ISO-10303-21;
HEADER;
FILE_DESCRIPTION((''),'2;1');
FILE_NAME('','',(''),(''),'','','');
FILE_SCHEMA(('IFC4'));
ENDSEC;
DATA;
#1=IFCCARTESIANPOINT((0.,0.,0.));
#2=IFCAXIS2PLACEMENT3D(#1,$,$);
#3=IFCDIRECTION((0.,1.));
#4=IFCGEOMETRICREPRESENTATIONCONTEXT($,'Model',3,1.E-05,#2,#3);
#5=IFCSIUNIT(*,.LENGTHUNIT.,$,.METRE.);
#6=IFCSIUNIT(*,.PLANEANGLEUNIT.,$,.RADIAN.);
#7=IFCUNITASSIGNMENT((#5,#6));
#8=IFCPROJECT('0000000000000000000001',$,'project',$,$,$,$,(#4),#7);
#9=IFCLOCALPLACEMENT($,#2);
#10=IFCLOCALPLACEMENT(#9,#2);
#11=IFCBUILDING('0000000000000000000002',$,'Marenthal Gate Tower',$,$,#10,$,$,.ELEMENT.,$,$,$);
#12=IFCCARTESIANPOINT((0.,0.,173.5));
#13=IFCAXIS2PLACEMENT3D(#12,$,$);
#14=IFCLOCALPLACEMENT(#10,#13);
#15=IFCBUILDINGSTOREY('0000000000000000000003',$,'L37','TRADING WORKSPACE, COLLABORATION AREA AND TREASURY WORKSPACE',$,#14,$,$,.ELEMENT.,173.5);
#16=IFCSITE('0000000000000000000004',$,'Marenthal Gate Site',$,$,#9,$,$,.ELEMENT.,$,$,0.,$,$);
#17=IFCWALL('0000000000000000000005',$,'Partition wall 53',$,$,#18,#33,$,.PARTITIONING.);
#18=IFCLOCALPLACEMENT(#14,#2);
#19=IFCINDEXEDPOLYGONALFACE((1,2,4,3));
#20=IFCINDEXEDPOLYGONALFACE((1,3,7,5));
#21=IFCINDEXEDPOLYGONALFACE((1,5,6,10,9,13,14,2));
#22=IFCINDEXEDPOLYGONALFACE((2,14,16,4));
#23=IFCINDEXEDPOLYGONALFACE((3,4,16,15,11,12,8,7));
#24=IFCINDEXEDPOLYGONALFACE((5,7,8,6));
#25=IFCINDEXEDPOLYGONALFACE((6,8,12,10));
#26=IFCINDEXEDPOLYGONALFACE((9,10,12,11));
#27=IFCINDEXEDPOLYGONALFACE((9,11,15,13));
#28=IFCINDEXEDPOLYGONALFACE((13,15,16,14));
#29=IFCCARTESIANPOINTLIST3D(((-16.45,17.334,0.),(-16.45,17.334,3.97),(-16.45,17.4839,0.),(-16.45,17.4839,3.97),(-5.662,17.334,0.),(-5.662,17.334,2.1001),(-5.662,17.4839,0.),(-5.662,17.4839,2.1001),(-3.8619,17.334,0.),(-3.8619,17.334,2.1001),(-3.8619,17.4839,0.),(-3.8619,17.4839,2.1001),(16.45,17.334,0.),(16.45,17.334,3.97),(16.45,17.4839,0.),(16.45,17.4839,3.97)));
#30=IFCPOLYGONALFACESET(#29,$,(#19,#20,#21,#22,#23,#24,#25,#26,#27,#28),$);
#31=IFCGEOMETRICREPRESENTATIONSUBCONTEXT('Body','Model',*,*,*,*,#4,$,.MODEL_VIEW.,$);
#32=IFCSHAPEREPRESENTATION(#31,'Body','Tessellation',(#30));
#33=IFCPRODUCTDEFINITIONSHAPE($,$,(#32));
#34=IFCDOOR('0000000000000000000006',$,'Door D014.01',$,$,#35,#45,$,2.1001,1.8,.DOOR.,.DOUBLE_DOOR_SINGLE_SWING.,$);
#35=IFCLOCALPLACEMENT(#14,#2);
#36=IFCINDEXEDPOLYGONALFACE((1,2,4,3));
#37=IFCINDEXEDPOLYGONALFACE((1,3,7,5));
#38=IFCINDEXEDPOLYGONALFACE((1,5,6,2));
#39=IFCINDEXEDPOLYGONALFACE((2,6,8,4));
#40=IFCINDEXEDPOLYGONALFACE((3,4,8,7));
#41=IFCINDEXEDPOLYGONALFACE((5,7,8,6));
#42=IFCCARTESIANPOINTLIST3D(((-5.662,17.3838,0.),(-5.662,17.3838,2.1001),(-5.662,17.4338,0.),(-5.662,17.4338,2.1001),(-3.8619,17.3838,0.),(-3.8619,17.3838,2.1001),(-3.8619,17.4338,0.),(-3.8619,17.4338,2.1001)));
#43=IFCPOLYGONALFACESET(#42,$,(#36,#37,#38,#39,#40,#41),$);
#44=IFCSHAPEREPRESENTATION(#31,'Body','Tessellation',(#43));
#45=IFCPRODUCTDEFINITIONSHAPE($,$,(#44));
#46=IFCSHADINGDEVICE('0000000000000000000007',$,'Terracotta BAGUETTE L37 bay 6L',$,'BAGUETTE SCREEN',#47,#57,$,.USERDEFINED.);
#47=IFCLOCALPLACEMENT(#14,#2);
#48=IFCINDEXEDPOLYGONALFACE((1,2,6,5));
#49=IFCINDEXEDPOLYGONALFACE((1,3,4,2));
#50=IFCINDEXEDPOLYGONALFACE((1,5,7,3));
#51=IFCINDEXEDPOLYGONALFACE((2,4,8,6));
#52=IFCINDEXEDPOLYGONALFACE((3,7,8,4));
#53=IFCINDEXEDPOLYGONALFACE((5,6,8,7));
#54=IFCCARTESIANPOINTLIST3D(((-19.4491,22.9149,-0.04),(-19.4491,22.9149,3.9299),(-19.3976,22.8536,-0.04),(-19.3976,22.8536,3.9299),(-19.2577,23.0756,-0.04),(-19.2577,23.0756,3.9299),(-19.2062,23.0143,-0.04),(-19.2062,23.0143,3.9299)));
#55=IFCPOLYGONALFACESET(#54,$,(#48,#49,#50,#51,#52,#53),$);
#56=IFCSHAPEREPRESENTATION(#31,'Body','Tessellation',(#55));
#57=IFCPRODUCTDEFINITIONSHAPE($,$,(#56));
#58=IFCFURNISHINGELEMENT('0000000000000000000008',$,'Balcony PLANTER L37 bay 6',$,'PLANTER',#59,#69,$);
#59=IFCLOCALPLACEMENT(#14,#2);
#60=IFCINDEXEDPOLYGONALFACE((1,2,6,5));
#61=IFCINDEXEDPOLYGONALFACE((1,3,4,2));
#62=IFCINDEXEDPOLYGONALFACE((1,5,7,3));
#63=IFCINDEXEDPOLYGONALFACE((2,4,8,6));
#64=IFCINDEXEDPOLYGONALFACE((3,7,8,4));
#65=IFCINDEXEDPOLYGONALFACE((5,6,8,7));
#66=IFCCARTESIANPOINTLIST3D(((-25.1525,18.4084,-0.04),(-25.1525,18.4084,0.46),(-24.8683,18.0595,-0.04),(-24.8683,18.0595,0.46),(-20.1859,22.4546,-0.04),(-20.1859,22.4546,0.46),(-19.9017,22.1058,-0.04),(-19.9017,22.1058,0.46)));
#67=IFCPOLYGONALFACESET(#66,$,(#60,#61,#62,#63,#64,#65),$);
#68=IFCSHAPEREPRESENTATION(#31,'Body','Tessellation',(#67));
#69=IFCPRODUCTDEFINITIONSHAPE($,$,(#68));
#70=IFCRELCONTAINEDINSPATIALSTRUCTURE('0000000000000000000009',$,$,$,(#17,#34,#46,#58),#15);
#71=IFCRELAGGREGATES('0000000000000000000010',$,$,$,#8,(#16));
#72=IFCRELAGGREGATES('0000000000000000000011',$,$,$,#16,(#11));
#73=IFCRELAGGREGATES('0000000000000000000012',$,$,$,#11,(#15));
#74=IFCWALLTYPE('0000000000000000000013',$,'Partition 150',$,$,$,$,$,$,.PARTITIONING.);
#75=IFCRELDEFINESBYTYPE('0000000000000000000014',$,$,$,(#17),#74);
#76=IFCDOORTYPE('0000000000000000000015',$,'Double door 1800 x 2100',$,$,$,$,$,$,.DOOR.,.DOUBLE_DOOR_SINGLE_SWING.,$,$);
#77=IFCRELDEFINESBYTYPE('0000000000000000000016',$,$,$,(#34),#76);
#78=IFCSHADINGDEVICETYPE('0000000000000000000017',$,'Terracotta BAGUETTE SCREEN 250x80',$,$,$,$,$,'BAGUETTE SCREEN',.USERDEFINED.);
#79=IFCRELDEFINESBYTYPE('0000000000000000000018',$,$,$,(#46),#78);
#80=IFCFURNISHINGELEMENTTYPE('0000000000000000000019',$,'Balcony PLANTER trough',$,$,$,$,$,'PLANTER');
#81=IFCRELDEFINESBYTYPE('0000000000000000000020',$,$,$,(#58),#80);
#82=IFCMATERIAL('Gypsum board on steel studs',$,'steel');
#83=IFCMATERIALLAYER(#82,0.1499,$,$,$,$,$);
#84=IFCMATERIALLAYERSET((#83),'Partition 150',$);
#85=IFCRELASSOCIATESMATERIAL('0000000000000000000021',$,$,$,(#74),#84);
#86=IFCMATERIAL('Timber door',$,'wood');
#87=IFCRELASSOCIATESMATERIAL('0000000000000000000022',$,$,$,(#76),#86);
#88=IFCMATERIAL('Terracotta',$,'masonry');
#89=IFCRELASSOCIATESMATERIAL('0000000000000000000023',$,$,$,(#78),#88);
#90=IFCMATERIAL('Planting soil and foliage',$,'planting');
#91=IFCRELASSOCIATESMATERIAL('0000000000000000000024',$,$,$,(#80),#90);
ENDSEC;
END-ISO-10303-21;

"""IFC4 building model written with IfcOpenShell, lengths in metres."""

from ifc_helpers import new_model, si_unit, direction, frame, frame_2d, origin, origin_2d, place, context, subcontext, project, spatial, rectangle, extrude, material, layer, layer_set, material_profile, profile_set, type_object, element, fill, save


model = new_model("IFC4")

# Units and contexts
model_context = context("Model", 3, precision=1e-05, world=origin(), true_north=direction((0.0, 1.0)))
body_context = subcontext(model_context, "Body", "Model", "MODEL_VIEW")
ifc_project = project(units=[si_unit("LENGTHUNIT", "METRE"), si_unit("PLANEANGLEUNIT", "RADIAN")], contexts=[model_context])

# Site, building, storey
site_placement = place(None, origin())
site = spatial("IfcSite", under=ifc_project, at=site_placement, Name="Marenthal Gate Site", CompositionType="ELEMENT", RefElevation=0.0)
building_placement = place(site_placement, origin())
building = spatial("IfcBuilding", under=site, at=building_placement, Name="Marenthal Gate Tower", CompositionType="ELEMENT")
storey_placement = place(building_placement, frame((0.0, 0.0, 173.5)))
storey = spatial("IfcBuildingStorey", under=building, at=storey_placement, Name="L37", Description="TRADING WORKSPACE, COLLABORATION AREA AND TREASURY WORKSPACE", CompositionType="ELEMENT", Elevation=173.5)

# Shared definitions
ifc_material_1 = material(Name="Gypsum board on steel studs", Category="steel")
ifc_layer_1 = layer(ifc_material_1, 0.1499)
ifc_layer_set_1 = layer_set([ifc_layer_1], Name="Partition 150")
wall_type_1 = type_object("IfcWallType", Name="Partition 150", PredefinedType="PARTITIONING", material=ifc_layer_set_1)

# Wall, opening, door
wall_1_placement = place(storey_placement, frame((-16.45, 17.4089, 0.0), z_axis=(0.0, 0.0, 1.0), x_axis=(1.0, 0.0, 0.0)))
wall_1 = element("IfcWall", 1, at=wall_1_placement, inside=storey, type_object=wall_type_1, Name="Partition wall 53", PredefinedType="PARTITIONING", context=body_context, shape_type="SweptSolid", body=[
    extrude(rectangle(XDim=32.8999, YDim=0.1499, at=frame_2d((16.45, 0.0))), origin(), (0.0, 0.0, 1.0), 3.97),
])
opening_1_placement = place(wall_1_placement, frame((10.7881, 0.0, 0.0)))
opening_1 = element("IfcOpeningElement", 2, at=opening_1_placement, cuts=wall_1, PredefinedType="OPENING", context=body_context, shape_type="SweptSolid", body=[
    extrude(rectangle(XDim=1.8, YDim=2.1001, at=frame_2d((0.8999, 1.05))), frame((0.0, 0.085, 0.0), z_axis=(0.0, -1.0, 0.0), x_axis=(1.0, 0.0, 0.0)), (0.0, 0.0, 1.0), 0.1699),
])
ifc_material_2 = material(Name="Timber door", Category="wood")
door_type_1 = type_object("IfcDoorType", Name="Double door 1800 x 2100", OperationType="DOUBLE_DOOR_SINGLE_SWING", PredefinedType="DOOR", material=ifc_material_2)
door_1_placement = place(opening_1_placement, origin())
door_1 = element("IfcDoor", 3, at=door_1_placement, inside=storey, type_object=door_type_1, Name="Door D014.01", OperationType="DOUBLE_DOOR_SINGLE_SWING", OverallHeight=2.1001, OverallWidth=1.8, PredefinedType="DOOR", context=body_context, shape_type="SweptSolid", body=[
    extrude(rectangle(XDim=1.8, YDim=2.1001, at=frame_2d((0.8999, 1.05))), frame((0.0, 0.0249, 0.0), z_axis=(0.0, -1.0, 0.0), x_axis=(1.0, 0.0, 0.0)), (0.0, 0.0, 1.0), 0.05),
])
fill(opening_1, door_1)

# Shading device
ifc_material_3 = material(Name="Terracotta", Category="masonry")
ifc_material_profile_1 = material_profile(ifc_material_3, rectangle(XDim=0.25, YDim=0.0801, at=origin_2d()), Name="Terracotta baguette 250x80")
ifc_profile_set_1 = profile_set([ifc_material_profile_1], Name="Terracotta")
shading_device_type = type_object("IfcShadingDeviceType", Name="Terracotta BAGUETTE SCREEN 250x80", ElementType="BAGUETTE SCREEN", PredefinedType="USERDEFINED", material=ifc_profile_set_1)
shading_device_placement = place(storey_placement, frame((-19.3276, 22.9646, -0.04), z_axis=(0.0, 0.0, 1.0), x_axis=(-0.76585, -0.643019, 0.0)))
element("IfcShadingDevice", 4, at=shading_device_placement, inside=storey, type_object=shading_device_type, Name="Terracotta BAGUETTE L37 bay 6L", ObjectType="BAGUETTE SCREEN", PredefinedType="USERDEFINED", context=body_context, shape_type="SweptSolid", body=[
    extrude(rectangle(XDim=0.25, YDim=0.0801, at=origin_2d()), origin(), (0.0, 0.0, 1.0), 3.97),
])

# Furnishing element
ifc_material_4 = material(Name="Planting soil and foliage", Category="planting")
furnishing_element_type = type_object("IfcFurnishingElementType", Name="Balcony PLANTER trough", ElementType="PLANTER", material=ifc_material_4)
furnishing_placement = place(storey_placement, frame((-22.5271, 20.2571, -0.04), z_axis=(0.0, 0.0, 1.0), x_axis=(-0.775288, -0.631608, 0.0)))
element("IfcFurnishingElement", 5, at=furnishing_placement, inside=storey, type_object=furnishing_element_type, Name="Balcony PLANTER L37 bay 6", ObjectType="PLANTER", context=body_context, shape_type="SweptSolid", body=[
    extrude(rectangle(XDim=6.4062, YDim=0.45, at=origin_2d()), origin(), (0.0, 0.0, 1.0), 0.5),
])

save(model, "model.ifc")
